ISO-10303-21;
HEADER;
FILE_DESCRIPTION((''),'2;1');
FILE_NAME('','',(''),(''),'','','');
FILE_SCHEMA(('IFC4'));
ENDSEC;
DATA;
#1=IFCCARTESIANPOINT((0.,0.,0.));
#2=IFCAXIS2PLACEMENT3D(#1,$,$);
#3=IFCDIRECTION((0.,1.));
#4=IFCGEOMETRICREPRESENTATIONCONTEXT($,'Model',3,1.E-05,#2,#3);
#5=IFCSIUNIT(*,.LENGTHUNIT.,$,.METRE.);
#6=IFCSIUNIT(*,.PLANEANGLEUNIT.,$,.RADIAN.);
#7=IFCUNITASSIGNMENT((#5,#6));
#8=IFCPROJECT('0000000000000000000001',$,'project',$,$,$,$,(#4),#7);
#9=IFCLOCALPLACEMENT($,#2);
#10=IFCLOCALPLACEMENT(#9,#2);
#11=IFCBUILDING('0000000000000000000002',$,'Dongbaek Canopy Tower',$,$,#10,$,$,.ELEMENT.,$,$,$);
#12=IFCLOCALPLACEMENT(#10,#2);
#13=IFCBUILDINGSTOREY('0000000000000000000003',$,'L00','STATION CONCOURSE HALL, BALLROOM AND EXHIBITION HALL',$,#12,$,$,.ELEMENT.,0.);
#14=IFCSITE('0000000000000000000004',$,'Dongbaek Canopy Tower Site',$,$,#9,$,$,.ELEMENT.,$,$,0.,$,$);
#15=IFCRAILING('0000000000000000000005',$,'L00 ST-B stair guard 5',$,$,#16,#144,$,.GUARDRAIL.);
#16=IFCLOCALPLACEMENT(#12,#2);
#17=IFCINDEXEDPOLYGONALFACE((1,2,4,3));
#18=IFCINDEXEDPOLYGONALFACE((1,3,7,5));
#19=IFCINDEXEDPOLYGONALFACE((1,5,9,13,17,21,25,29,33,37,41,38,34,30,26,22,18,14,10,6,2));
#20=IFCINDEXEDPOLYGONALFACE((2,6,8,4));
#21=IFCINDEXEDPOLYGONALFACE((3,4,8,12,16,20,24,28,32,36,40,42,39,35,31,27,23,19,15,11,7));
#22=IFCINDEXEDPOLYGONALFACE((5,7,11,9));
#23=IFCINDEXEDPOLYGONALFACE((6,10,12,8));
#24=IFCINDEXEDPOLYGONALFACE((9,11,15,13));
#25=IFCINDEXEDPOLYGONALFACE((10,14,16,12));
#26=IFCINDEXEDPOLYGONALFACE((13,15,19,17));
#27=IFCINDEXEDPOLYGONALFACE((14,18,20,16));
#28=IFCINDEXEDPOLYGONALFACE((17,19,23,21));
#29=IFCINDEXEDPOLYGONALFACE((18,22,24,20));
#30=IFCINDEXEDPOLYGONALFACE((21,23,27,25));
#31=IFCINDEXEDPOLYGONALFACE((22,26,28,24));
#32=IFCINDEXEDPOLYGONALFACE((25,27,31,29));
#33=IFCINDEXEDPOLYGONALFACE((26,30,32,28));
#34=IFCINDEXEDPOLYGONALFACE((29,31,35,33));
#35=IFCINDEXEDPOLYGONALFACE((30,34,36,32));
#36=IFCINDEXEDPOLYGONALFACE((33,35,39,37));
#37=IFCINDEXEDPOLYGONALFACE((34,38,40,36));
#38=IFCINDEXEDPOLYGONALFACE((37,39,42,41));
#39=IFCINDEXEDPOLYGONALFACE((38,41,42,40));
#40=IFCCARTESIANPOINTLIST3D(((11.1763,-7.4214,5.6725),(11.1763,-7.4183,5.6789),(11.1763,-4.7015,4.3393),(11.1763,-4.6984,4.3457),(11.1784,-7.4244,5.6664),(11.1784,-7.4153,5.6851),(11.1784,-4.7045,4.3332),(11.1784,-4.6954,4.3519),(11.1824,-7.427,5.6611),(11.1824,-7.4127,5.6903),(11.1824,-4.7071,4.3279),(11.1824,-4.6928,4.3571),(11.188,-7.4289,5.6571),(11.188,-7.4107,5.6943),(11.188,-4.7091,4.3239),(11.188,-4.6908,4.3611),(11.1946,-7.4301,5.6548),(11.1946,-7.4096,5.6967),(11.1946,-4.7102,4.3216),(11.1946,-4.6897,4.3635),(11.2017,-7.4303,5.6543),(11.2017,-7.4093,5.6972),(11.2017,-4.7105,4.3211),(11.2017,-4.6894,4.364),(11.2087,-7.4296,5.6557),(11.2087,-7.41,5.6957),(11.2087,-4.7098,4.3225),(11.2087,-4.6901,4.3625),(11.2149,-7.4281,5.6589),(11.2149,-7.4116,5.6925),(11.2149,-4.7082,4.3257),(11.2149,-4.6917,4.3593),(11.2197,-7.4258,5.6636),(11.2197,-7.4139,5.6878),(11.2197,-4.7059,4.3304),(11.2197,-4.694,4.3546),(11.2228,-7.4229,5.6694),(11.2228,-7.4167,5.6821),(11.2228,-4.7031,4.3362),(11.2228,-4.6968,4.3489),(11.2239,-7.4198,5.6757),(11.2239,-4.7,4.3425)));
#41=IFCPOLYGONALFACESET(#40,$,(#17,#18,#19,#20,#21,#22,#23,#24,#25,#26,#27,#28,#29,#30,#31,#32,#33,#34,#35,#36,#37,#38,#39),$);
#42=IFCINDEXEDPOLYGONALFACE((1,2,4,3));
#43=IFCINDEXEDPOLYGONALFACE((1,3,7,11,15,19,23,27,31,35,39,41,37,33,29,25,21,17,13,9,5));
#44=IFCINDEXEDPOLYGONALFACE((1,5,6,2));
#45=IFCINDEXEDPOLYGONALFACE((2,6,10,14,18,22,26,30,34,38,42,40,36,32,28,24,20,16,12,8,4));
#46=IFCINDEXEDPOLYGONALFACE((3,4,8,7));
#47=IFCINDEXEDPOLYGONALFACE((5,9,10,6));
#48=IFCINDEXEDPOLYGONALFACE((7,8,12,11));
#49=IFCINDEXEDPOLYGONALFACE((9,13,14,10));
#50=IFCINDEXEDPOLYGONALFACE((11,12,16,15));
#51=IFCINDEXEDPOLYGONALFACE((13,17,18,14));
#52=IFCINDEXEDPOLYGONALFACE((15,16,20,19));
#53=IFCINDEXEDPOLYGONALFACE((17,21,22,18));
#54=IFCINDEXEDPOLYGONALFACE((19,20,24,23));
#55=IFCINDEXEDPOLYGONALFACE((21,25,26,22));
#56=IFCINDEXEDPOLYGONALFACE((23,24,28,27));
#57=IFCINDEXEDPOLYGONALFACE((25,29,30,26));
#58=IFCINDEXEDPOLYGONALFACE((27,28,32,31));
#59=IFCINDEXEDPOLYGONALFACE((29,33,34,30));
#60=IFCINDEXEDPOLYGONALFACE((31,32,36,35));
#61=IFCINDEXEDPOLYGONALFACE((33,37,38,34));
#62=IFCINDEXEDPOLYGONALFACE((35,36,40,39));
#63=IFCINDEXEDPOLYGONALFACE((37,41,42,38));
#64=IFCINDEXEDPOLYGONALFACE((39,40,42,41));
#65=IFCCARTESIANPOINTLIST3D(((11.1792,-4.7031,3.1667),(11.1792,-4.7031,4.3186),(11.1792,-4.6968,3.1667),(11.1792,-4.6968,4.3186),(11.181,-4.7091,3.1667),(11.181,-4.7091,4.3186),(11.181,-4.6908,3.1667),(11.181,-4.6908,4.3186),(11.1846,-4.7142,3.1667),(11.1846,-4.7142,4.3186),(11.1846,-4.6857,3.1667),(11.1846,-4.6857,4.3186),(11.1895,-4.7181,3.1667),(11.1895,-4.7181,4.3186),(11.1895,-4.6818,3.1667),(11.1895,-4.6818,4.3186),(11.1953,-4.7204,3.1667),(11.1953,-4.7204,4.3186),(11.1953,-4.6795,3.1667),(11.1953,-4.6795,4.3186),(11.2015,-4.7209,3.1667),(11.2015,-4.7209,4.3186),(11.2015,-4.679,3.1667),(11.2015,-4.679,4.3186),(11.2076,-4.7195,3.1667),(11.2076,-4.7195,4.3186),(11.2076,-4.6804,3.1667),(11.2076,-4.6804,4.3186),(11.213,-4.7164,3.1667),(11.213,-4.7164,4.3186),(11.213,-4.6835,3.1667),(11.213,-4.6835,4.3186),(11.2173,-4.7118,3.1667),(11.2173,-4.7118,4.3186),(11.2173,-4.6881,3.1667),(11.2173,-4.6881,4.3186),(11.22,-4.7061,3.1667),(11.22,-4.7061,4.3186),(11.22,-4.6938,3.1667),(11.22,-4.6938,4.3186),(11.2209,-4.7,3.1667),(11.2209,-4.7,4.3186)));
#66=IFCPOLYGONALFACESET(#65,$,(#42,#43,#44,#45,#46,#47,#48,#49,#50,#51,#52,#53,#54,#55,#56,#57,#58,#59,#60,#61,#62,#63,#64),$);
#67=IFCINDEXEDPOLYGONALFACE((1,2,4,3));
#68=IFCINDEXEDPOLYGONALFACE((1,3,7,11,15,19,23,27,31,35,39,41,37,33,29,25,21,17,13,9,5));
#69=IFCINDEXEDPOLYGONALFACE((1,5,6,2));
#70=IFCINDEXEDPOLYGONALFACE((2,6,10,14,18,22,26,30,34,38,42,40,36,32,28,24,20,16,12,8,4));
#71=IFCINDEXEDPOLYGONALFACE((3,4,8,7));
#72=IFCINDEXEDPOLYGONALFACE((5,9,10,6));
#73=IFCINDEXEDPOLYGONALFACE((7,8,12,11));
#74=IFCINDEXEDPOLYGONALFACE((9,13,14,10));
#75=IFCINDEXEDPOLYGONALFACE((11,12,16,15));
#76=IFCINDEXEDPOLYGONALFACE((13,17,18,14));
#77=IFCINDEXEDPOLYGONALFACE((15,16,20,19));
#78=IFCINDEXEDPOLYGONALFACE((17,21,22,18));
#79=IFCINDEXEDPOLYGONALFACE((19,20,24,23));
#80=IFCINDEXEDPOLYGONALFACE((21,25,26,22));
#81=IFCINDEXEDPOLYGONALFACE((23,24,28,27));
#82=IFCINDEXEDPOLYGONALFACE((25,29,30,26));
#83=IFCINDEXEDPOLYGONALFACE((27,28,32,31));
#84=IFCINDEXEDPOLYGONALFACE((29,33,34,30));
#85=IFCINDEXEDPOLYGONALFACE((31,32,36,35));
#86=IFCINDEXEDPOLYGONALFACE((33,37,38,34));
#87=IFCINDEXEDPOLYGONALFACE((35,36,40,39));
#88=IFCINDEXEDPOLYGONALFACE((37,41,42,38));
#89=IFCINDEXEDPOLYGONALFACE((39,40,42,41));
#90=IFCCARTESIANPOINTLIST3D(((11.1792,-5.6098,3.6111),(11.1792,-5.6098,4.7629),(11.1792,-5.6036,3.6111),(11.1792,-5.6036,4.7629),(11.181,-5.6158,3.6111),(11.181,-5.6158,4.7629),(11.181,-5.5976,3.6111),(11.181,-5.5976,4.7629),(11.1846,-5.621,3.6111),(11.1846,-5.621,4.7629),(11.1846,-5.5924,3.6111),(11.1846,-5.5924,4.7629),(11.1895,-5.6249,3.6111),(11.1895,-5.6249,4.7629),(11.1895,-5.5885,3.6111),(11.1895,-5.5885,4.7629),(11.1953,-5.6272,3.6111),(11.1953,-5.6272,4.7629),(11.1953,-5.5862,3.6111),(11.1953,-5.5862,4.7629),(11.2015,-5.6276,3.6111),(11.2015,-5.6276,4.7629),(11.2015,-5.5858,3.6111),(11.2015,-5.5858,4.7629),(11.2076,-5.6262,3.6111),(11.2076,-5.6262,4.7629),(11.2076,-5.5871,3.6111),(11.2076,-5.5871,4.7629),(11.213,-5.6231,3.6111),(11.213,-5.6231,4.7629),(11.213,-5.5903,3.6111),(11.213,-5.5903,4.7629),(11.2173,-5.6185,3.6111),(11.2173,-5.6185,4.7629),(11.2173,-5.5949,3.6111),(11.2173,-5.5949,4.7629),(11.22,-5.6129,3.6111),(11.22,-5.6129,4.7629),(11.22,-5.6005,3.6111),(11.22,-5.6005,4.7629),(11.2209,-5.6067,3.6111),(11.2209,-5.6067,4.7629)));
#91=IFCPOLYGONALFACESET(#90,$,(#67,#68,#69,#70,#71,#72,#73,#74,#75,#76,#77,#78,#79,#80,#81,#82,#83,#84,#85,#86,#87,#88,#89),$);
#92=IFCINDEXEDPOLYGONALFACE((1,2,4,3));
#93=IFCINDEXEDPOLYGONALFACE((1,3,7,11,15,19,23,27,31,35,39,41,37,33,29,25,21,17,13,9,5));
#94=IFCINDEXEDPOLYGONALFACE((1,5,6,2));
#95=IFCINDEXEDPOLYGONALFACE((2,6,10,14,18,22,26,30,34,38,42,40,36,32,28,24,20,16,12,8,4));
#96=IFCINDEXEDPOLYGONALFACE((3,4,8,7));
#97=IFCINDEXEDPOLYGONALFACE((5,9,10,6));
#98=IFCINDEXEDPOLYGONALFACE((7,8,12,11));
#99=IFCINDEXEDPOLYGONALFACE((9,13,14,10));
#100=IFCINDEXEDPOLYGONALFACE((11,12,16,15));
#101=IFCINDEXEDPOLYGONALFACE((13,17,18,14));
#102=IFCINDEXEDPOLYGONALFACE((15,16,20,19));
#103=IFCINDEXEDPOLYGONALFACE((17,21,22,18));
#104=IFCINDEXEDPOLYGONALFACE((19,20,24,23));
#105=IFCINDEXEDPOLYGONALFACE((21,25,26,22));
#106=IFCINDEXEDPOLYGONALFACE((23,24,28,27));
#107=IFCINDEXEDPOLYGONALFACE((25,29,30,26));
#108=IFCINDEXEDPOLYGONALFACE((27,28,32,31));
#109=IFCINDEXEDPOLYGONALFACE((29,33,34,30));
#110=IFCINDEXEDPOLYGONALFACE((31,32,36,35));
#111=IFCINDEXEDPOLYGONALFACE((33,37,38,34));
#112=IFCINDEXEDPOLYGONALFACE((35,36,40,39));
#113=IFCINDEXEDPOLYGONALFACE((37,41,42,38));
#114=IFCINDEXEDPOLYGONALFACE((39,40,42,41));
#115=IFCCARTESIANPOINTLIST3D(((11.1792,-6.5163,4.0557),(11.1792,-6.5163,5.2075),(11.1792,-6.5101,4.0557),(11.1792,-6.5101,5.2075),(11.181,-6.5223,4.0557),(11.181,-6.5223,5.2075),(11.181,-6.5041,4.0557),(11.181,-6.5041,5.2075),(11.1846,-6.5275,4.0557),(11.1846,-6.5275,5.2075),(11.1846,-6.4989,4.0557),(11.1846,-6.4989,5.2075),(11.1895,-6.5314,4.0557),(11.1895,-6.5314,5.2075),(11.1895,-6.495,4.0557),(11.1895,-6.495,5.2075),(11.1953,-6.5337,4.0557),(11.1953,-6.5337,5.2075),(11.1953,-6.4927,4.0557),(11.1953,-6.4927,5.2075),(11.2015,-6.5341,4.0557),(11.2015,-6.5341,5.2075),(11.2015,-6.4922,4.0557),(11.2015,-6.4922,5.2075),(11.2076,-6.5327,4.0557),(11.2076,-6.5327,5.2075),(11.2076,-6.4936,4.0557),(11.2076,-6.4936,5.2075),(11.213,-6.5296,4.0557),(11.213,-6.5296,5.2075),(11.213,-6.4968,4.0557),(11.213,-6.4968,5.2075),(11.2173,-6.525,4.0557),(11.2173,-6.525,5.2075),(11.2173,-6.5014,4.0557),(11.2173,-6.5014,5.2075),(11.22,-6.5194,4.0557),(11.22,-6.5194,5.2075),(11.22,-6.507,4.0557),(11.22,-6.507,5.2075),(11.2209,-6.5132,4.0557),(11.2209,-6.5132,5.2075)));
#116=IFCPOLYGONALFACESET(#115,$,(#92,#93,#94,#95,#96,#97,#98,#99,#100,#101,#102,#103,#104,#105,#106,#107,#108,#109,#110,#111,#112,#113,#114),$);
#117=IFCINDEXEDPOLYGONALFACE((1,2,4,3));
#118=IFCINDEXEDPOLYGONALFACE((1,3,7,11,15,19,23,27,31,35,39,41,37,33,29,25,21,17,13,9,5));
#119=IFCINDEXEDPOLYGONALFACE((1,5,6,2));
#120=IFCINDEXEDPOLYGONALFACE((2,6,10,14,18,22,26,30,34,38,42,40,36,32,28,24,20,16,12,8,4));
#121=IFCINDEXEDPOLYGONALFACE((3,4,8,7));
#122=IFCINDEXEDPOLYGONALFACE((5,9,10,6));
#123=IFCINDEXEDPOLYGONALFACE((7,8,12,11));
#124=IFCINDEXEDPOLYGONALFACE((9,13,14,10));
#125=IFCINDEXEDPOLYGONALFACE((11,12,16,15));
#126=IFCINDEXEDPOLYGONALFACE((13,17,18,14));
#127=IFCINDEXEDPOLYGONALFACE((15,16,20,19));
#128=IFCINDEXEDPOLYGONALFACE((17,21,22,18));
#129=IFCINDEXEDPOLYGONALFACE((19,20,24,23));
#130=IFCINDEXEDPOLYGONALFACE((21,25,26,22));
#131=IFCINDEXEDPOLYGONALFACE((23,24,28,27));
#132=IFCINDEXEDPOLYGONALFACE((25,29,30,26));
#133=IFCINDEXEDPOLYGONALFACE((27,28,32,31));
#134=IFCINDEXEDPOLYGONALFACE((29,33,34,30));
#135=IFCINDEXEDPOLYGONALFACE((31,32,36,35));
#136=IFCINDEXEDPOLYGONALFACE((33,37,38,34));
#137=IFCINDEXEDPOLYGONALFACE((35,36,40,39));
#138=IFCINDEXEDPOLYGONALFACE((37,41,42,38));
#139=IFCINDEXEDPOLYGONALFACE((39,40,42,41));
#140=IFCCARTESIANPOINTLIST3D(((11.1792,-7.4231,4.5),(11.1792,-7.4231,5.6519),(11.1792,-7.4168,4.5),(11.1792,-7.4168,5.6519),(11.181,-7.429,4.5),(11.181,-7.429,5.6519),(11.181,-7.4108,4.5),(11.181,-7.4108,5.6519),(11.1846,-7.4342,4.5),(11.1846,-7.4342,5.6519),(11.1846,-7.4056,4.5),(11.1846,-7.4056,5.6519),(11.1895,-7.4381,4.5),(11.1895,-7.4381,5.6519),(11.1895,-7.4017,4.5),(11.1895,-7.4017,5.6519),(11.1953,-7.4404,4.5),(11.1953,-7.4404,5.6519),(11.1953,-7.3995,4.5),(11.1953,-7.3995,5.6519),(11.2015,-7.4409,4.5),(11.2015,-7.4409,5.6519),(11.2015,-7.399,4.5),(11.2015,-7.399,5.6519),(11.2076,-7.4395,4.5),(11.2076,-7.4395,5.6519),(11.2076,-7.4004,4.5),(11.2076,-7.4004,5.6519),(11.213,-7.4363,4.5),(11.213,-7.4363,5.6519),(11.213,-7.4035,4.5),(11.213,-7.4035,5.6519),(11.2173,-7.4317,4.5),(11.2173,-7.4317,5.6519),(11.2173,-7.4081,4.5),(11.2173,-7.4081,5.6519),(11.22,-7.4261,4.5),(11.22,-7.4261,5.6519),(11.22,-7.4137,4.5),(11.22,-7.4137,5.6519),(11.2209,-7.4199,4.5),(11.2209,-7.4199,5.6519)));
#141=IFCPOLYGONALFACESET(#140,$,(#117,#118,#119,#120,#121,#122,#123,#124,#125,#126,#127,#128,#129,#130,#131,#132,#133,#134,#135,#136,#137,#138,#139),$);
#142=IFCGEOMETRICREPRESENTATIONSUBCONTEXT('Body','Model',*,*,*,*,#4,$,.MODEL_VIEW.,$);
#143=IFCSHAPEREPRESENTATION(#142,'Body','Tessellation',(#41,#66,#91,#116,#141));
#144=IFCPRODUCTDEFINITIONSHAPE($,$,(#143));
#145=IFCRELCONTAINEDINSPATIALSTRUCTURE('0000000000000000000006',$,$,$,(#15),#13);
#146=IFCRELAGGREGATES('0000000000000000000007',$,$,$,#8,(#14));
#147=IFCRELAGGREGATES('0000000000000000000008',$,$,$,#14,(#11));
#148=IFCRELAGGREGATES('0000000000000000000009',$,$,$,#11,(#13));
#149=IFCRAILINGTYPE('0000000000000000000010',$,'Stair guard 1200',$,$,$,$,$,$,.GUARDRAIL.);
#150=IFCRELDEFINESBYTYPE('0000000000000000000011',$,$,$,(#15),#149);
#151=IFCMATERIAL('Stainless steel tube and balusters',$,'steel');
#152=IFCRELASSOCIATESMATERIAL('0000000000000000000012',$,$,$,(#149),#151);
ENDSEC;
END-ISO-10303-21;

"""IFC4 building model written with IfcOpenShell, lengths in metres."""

from ifc_helpers import new_model, si_unit, direction, frame, origin, origin_2d, place, context, subcontext, project, spatial, circle, extrude, material, type_object, element, save


model = new_model("IFC4")

# Units and contexts
model_context = context("Model", 3, precision=1e-05, world=origin(), true_north=direction((0.0, 1.0)))
body_context = subcontext(model_context, "Body", "Model", "MODEL_VIEW")
ifc_project = project(units=[si_unit("LENGTHUNIT", "METRE"), si_unit("PLANEANGLEUNIT", "RADIAN")], contexts=[model_context])

# Site, building, storey
site_placement = place(None, origin())
site = spatial("IfcSite", under=ifc_project, at=site_placement, Name="Dongbaek Canopy Tower Site", CompositionType="ELEMENT", RefElevation=0.0)
building_placement = place(site_placement, origin())
building = spatial("IfcBuilding", under=site, at=building_placement, Name="Dongbaek Canopy Tower", CompositionType="ELEMENT")
storey_placement = place(building_placement, origin())
storey = spatial("IfcBuildingStorey", under=building, at=storey_placement, Name="L00", Description="STATION CONCOURSE HALL, BALLROOM AND EXHIBITION HALL", CompositionType="ELEMENT", Elevation=0.0)

# Railing
ifc_material_1 = material(Name="Stainless steel tube and balusters", Category="steel")
railing_type_1 = type_object("IfcRailingType", Name="Stair guard 1200", PredefinedType="GUARDRAIL", material=ifc_material_1)
railing_1_placement = place(storey_placement, frame((11.2, -4.7, 3.1667)))
element("IfcRailing", 1, at=railing_1_placement, inside=storey, type_object=railing_type_1, Name="L00 ST-B stair guard 5", PredefinedType="GUARDRAIL", context=body_context, shape_type="SweptSolid", body=[
    extrude(circle(Radius=0.0239, at=origin_2d()), frame((0.0, 0.0, 1.1758), z_axis=(0.0, -0.897929, 0.440139), x_axis=(1.0, 0.0, 0.0)), (0.0, 0.0, 1.0), 3.0291),
    extrude(circle(Radius=0.021, at=origin_2d()), origin(), (0.0, 0.0, 1.0), 1.1519),
    extrude(circle(Radius=0.021, at=origin_2d()), frame((0.0, -0.9067, 0.4443)), (0.0, 0.0, 1.0), 1.1519),
    extrude(circle(Radius=0.021, at=origin_2d()), frame((0.0, -1.8132, 0.8889)), (0.0, 0.0, 1.0), 1.1519),
    extrude(circle(Radius=0.021, at=origin_2d()), frame((0.0, -2.72, 1.3333)), (0.0, 0.0, 1.0), 1.1519),
])

save(model, "model.ifc")
